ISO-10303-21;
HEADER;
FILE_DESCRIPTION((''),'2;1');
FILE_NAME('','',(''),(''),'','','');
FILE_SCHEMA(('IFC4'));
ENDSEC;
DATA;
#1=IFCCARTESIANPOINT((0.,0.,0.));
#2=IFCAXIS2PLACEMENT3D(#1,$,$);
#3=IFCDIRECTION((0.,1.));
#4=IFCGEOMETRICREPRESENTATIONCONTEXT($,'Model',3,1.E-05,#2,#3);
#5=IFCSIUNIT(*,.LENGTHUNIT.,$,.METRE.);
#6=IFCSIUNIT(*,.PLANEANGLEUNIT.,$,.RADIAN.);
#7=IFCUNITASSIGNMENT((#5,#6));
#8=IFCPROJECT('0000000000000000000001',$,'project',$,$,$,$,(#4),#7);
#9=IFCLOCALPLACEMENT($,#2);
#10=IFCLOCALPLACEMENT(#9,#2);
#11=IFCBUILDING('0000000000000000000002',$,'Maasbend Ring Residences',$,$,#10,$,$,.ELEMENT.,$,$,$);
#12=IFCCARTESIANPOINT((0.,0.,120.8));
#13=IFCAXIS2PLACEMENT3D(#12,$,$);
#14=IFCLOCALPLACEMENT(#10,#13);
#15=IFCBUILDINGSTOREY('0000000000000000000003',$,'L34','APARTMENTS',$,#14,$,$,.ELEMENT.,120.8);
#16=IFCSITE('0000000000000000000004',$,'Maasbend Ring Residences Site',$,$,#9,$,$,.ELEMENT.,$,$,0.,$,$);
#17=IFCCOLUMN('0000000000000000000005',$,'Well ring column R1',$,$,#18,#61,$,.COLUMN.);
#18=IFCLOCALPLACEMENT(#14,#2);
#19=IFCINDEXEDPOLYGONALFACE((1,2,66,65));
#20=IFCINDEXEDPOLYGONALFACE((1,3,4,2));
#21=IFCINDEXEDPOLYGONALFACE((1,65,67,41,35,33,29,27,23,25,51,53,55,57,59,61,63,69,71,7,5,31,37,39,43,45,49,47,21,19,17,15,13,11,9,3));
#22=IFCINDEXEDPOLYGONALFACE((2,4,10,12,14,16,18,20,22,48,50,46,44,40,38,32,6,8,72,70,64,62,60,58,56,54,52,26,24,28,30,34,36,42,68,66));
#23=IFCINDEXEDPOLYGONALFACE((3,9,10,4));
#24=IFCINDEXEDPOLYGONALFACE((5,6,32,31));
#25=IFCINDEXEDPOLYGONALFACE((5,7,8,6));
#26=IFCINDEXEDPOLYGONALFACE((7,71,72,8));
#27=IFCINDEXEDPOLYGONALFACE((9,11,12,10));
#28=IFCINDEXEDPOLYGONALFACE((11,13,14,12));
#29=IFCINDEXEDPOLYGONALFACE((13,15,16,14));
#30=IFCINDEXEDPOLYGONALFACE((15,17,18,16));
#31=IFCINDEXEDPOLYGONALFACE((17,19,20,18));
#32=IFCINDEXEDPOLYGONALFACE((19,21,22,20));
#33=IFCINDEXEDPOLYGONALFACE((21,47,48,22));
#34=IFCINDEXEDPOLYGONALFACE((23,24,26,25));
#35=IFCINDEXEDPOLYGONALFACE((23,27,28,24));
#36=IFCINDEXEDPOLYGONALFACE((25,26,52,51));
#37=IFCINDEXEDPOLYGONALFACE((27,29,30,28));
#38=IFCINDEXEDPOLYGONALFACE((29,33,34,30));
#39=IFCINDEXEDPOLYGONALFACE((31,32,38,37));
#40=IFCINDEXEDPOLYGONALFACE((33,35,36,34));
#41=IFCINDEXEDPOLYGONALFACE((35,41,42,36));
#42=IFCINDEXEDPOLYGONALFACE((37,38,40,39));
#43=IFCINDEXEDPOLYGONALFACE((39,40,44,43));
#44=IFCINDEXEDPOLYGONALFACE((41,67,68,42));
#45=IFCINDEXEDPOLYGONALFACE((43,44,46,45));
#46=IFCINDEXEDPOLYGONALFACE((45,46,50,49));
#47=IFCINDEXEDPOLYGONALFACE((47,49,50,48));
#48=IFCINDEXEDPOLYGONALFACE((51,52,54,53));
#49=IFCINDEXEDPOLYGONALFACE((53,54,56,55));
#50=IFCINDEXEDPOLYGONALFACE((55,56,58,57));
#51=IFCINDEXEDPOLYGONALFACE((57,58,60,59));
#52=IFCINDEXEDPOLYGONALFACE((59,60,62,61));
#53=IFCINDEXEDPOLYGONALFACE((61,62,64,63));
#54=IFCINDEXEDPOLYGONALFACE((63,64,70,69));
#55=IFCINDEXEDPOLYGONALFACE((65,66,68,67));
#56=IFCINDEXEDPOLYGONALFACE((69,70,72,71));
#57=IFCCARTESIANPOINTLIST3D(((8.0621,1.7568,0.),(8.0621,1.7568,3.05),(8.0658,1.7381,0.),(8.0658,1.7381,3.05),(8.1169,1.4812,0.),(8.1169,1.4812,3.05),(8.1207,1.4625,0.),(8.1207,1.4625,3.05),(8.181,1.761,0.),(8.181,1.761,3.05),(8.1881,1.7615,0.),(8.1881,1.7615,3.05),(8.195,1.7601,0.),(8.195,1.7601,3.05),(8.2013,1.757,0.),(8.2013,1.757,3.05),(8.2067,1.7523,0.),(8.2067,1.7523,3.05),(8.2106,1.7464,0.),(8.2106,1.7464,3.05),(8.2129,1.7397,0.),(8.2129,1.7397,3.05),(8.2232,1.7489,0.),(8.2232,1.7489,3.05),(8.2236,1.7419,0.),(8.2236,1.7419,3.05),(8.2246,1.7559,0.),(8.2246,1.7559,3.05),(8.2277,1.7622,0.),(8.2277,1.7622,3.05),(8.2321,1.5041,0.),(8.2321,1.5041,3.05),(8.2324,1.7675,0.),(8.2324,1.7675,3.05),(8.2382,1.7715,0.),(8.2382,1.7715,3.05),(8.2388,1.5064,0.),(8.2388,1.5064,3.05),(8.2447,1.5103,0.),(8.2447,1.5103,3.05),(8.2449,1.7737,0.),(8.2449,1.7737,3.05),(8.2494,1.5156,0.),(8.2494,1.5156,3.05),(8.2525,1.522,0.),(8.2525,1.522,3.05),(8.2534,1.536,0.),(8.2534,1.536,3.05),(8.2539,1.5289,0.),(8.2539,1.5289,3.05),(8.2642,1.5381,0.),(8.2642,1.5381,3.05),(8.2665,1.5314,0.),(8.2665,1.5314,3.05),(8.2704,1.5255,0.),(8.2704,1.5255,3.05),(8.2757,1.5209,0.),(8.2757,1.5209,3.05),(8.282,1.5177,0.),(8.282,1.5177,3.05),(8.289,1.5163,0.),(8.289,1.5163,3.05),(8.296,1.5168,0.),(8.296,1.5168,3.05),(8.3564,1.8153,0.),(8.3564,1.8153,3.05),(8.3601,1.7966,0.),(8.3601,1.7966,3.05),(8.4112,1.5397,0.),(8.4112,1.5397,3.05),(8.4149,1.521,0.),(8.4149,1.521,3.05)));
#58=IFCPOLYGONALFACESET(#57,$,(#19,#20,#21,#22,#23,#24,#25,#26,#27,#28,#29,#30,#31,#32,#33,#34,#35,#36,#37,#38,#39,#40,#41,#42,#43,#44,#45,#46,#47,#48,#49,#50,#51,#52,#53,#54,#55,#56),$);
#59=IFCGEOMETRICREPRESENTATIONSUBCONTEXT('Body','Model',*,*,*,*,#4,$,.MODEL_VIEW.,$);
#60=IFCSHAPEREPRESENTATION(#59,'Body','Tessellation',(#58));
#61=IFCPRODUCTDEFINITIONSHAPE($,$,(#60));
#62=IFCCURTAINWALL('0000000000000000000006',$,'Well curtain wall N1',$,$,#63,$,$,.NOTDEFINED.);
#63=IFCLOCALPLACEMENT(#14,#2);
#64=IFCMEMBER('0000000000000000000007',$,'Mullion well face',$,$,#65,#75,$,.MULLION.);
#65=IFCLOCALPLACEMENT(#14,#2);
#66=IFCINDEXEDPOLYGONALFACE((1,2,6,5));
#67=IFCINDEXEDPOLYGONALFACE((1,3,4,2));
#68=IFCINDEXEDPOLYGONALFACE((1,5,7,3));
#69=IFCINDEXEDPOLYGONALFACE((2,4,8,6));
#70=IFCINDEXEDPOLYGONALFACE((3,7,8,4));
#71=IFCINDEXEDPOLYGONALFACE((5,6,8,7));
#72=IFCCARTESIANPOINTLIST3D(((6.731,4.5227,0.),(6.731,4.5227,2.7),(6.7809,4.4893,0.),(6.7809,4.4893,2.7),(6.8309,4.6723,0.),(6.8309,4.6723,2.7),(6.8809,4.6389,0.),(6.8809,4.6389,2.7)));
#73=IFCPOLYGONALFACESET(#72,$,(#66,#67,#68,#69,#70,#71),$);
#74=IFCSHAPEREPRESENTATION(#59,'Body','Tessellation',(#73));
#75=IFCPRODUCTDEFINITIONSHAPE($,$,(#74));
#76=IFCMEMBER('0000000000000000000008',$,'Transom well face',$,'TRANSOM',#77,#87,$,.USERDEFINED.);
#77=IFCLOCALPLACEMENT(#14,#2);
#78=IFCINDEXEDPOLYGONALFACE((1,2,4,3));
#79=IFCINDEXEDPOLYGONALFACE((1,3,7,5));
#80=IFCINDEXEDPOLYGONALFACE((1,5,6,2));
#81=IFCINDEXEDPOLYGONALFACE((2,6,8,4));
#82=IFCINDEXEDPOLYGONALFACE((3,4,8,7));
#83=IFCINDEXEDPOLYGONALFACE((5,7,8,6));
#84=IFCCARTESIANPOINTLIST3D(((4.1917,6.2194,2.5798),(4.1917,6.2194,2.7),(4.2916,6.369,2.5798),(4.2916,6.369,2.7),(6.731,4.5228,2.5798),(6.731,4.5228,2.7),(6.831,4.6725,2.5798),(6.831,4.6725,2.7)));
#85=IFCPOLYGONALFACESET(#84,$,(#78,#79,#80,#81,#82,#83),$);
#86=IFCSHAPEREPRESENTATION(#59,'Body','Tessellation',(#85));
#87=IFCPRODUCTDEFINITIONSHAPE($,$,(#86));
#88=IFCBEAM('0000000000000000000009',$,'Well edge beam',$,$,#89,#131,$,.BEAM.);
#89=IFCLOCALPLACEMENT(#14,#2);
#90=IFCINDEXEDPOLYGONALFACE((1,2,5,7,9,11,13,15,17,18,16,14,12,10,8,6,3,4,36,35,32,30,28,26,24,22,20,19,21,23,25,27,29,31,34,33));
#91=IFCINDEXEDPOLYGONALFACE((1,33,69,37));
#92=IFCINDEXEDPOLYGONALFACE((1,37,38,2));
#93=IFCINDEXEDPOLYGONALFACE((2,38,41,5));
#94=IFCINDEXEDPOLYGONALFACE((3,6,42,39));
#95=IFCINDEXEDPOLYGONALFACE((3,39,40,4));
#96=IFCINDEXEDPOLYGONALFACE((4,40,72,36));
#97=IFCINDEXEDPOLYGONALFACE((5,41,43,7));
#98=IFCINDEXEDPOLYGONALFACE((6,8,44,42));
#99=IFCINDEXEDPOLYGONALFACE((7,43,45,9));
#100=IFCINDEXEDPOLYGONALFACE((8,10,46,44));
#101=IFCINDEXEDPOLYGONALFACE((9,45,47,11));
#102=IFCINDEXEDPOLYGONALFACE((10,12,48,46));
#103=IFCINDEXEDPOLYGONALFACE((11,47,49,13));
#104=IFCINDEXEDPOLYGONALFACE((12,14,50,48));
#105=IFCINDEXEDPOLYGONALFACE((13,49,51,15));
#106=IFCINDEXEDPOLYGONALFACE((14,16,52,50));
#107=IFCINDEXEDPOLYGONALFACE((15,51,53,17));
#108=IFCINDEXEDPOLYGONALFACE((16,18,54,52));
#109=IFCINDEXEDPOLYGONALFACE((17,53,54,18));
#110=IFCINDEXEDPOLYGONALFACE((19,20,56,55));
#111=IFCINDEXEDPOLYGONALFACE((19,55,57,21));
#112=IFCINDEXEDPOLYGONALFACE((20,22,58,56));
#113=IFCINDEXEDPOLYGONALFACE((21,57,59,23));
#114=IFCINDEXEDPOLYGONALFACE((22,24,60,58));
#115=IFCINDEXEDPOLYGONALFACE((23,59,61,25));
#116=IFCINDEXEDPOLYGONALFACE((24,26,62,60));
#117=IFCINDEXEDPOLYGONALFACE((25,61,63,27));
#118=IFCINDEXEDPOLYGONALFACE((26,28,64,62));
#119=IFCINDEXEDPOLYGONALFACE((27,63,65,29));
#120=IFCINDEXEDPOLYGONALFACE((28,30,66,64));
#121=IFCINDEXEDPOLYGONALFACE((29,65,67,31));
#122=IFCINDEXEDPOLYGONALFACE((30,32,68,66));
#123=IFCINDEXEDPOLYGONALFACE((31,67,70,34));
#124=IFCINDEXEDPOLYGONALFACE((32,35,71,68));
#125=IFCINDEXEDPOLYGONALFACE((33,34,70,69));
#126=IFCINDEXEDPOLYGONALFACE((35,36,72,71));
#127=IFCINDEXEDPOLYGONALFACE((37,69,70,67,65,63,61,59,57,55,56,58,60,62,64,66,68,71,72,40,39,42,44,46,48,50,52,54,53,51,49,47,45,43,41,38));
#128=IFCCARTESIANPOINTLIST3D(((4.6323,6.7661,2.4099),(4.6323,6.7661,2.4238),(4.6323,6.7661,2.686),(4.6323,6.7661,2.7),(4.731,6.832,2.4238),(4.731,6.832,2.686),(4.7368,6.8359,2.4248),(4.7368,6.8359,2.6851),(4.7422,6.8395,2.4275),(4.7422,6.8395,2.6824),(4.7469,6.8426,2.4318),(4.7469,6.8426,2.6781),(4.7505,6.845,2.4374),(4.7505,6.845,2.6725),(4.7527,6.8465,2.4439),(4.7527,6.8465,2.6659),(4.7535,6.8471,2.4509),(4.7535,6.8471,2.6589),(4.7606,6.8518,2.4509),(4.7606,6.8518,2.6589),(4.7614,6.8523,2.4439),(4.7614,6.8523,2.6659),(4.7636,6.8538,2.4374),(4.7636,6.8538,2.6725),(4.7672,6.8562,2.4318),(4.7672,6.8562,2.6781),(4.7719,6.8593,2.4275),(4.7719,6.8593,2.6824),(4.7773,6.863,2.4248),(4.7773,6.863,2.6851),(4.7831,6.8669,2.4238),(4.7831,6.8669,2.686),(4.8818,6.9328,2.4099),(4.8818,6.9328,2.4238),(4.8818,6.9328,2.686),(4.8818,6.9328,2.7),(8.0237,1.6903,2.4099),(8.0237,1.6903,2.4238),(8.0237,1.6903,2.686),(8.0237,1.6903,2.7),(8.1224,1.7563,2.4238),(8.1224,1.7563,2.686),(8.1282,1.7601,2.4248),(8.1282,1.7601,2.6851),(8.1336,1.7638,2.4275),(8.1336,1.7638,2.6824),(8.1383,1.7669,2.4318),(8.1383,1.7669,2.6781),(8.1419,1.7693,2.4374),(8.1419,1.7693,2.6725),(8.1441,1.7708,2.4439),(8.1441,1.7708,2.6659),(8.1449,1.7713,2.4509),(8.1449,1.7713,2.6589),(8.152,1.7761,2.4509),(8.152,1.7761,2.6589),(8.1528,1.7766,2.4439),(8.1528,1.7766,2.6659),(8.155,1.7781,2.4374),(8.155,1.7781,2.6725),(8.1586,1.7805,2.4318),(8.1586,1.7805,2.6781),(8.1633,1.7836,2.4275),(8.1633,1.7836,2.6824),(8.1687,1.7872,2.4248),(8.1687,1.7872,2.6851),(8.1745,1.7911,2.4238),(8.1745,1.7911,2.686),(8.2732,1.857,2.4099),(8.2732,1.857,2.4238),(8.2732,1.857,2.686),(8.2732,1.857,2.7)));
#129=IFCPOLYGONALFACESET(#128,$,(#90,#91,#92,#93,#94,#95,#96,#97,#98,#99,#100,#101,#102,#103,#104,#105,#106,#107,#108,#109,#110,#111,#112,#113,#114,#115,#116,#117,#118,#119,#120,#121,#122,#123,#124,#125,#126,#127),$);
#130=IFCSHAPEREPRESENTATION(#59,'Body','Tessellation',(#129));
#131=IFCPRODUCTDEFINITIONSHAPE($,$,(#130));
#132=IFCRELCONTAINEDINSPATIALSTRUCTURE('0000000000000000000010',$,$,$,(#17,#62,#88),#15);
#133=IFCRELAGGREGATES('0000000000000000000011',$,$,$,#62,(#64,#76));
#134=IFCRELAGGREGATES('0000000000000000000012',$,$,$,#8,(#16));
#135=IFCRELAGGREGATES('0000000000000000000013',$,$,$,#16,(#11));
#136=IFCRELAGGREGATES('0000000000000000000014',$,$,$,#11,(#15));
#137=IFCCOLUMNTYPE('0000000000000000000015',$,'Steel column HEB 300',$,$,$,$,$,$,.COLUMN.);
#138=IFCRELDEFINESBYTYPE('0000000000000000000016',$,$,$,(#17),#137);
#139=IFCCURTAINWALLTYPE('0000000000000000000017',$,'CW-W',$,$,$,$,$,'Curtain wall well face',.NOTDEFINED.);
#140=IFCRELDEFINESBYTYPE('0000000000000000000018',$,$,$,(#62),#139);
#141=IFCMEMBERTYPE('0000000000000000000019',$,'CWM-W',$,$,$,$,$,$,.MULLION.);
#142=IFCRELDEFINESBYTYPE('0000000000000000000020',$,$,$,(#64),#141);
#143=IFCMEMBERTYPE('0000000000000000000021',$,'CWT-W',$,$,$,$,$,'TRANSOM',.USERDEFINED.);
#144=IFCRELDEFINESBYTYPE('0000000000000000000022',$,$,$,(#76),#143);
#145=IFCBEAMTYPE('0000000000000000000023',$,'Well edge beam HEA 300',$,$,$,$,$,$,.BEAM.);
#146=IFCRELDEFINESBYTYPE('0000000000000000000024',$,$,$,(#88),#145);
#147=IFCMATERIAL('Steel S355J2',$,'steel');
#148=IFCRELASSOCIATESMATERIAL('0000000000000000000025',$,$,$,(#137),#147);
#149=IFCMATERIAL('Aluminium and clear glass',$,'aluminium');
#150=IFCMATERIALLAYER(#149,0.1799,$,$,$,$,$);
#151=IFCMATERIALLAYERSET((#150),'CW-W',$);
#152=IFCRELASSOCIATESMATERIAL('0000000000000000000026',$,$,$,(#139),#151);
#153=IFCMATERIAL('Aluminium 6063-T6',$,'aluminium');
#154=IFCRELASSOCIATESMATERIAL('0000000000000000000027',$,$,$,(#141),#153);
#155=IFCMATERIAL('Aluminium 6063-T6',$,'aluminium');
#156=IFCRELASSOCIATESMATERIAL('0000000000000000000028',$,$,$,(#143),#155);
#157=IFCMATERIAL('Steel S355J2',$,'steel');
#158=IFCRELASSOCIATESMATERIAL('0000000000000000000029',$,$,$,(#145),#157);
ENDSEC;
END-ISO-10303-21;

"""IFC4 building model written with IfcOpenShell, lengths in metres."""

from ifc_helpers import new_model, si_unit, direction, frame, origin, origin_2d, place, context, subcontext, project, spatial, rectangle, i_section, extrude, material, layer, layer_set, material_profile, profile_set, type_object, element, aggregate, save


model = new_model("IFC4")

# Units and contexts
model_context = context("Model", 3, precision=1e-05, world=origin(), true_north=direction((0.0, 1.0)))
body_context = subcontext(model_context, "Body", "Model", "MODEL_VIEW")
ifc_project = project(units=[si_unit("LENGTHUNIT", "METRE"), si_unit("PLANEANGLEUNIT", "RADIAN")], contexts=[model_context])

# Site, building, storey
site_placement = place(None, origin())
site = spatial("IfcSite", under=ifc_project, at=site_placement, Name="Maasbend Ring Residences Site", CompositionType="ELEMENT", RefElevation=0.0)
building_placement = place(site_placement, origin())
building = spatial("IfcBuilding", under=site, at=building_placement, Name="Maasbend Ring Residences", CompositionType="ELEMENT")
storey_placement = place(building_placement, frame((0.0, 0.0, 120.8)))
storey = spatial("IfcBuildingStorey", under=building, at=storey_placement, Name="L34", Description="APARTMENTS", CompositionType="ELEMENT", Elevation=120.8)

# Column
ifc_material_1 = material(Name="Steel S355J2", Category="steel")
ifc_material_profile_1 = material_profile(ifc_material_1, i_section(OverallWidth=0.3, OverallDepth=0.3, WebThickness=0.011, FlangeThickness=0.019, FilletRadius=0.0271, at=origin_2d()), Name="HEB 300")
ifc_profile_set_1 = profile_set([ifc_material_profile_1], Name="Steel S355J2")
column_type = type_object("IfcColumnType", Name="Steel column HEB 300", PredefinedType="COLUMN", material=ifc_profile_set_1)
column_placement = place(storey_placement, frame((8.2385, 1.6389, 0.0), z_axis=(0.0, 0.0, 1.0), x_axis=(0.980785, 0.19509, 0.0)))
element("IfcColumn", 1, at=column_placement, inside=storey, type_object=column_type, Name="Well ring column R1", PredefinedType="COLUMN", context=body_context, shape_type="SweptSolid", body=[
    extrude(i_section(OverallWidth=0.3, OverallDepth=0.3, WebThickness=0.011, FlangeThickness=0.019, FilletRadius=0.0271, at=origin_2d()), origin(), (0.0, 0.0, 1.0), 3.05),
])

# Curtain wall, members
ifc_material_2 = material(Name="Aluminium and clear glass", Category="aluminium")
ifc_layer_1 = layer(ifc_material_2, 0.1799)
ifc_layer_set_1 = layer_set([ifc_layer_1], Name="CW-W")
curtain_wall_type = type_object("IfcCurtainWallType", Name="CW-W", ElementType="Curtain wall well face", PredefinedType="NOTDEFINED", material=ifc_layer_set_1)
curtain_wall_placement = place(storey_placement, origin())
curtain_wall = element("IfcCurtainWall", 2, at=curtain_wall_placement, inside=storey, type_object=curtain_wall_type, Name="Well curtain wall N1", PredefinedType="NOTDEFINED")
ifc_material_3 = material(Name="Aluminium 6063-T6", Category="aluminium")
ifc_material_profile_2 = material_profile(ifc_material_3, rectangle(XDim=0.1799, YDim=0.0601, at=origin_2d()), Name="AL 180x60")
ifc_profile_set_2 = profile_set([ifc_material_profile_2], Name="Aluminium 6063-T6")
member_type_1 = type_object("IfcMemberType", Name="CWM-W", PredefinedType="MULLION", material=ifc_profile_set_2)
member_1_placement = place(storey_placement, frame((6.8059, 4.5808, 0.0), z_axis=(0.0, 0.0, 1.0), x_axis=(-0.55557, -0.83147, 0.0)))
member_1 = element("IfcMember", 3, at=member_1_placement, type_object=member_type_1, Name="Mullion well face", PredefinedType="MULLION", context=body_context, shape_type="SweptSolid", body=[
    extrude(rectangle(XDim=0.1799, YDim=0.0601, at=origin_2d()), origin(), (0.0, 0.0, 1.0), 2.7),
])
ifc_material_4 = material(Name="Aluminium 6063-T6", Category="aluminium")
ifc_material_profile_3 = material_profile(ifc_material_4, rectangle(XDim=0.1799, YDim=0.1201, at=origin_2d()), Name="AL 180x120")
ifc_profile_set_3 = profile_set([ifc_material_profile_3], Name="Aluminium 6063-T6")
member_type_2 = type_object("IfcMemberType", Name="CWT-W", ElementType="TRANSOM", PredefinedType="USERDEFINED", material=ifc_profile_set_3)
member_2_placement = place(storey_placement, frame((6.781, 4.5977, 2.6399), z_axis=(-0.831496, 0.55553, 0.0), x_axis=(-0.55553, -0.831496, 0.0)))
member_2 = element("IfcMember", 4, at=member_2_placement, type_object=member_type_2, Name="Transom well face", ObjectType="TRANSOM", PredefinedType="USERDEFINED", context=body_context, shape_type="SweptSolid", body=[
    extrude(rectangle(XDim=0.1799, YDim=0.1201, at=origin_2d()), origin(), (0.0, 0.0, 1.0), 3.054),
])
aggregate(curtain_wall, [member_1, member_2])

# Beam
ifc_material_5 = material(Name="Steel S355J2", Category="steel")
ifc_material_profile_4 = material_profile(ifc_material_5, i_section(OverallWidth=0.3, OverallDepth=0.29, WebThickness=0.0085, FlangeThickness=0.0139, FilletRadius=0.0271, at=origin_2d()), Name="HEA 300")
ifc_profile_set_4 = profile_set([ifc_material_profile_4], Name="Steel S355J2")
beam_type = type_object("IfcBeamType", Name="Well edge beam HEA 300", PredefinedType="BEAM", material=ifc_profile_set_4)
beam_placement = place(storey_placement, frame((8.1484, 1.7737, 2.5549), z_axis=(-0.555558, 0.831478, 0.0), x_axis=(-0.831478, -0.555558, 0.0)))
element("IfcBeam", 5, at=beam_placement, inside=storey, type_object=beam_type, Name="Well edge beam", PredefinedType="BEAM", context=body_context, shape_type="SweptSolid", body=[
    extrude(i_section(OverallWidth=0.3, OverallDepth=0.29, WebThickness=0.0085, FlangeThickness=0.0139, FilletRadius=0.0271, at=origin_2d()), origin(), (0.0, 0.0, 1.0), 6.1045),
])

save(model, "model.ifc")
